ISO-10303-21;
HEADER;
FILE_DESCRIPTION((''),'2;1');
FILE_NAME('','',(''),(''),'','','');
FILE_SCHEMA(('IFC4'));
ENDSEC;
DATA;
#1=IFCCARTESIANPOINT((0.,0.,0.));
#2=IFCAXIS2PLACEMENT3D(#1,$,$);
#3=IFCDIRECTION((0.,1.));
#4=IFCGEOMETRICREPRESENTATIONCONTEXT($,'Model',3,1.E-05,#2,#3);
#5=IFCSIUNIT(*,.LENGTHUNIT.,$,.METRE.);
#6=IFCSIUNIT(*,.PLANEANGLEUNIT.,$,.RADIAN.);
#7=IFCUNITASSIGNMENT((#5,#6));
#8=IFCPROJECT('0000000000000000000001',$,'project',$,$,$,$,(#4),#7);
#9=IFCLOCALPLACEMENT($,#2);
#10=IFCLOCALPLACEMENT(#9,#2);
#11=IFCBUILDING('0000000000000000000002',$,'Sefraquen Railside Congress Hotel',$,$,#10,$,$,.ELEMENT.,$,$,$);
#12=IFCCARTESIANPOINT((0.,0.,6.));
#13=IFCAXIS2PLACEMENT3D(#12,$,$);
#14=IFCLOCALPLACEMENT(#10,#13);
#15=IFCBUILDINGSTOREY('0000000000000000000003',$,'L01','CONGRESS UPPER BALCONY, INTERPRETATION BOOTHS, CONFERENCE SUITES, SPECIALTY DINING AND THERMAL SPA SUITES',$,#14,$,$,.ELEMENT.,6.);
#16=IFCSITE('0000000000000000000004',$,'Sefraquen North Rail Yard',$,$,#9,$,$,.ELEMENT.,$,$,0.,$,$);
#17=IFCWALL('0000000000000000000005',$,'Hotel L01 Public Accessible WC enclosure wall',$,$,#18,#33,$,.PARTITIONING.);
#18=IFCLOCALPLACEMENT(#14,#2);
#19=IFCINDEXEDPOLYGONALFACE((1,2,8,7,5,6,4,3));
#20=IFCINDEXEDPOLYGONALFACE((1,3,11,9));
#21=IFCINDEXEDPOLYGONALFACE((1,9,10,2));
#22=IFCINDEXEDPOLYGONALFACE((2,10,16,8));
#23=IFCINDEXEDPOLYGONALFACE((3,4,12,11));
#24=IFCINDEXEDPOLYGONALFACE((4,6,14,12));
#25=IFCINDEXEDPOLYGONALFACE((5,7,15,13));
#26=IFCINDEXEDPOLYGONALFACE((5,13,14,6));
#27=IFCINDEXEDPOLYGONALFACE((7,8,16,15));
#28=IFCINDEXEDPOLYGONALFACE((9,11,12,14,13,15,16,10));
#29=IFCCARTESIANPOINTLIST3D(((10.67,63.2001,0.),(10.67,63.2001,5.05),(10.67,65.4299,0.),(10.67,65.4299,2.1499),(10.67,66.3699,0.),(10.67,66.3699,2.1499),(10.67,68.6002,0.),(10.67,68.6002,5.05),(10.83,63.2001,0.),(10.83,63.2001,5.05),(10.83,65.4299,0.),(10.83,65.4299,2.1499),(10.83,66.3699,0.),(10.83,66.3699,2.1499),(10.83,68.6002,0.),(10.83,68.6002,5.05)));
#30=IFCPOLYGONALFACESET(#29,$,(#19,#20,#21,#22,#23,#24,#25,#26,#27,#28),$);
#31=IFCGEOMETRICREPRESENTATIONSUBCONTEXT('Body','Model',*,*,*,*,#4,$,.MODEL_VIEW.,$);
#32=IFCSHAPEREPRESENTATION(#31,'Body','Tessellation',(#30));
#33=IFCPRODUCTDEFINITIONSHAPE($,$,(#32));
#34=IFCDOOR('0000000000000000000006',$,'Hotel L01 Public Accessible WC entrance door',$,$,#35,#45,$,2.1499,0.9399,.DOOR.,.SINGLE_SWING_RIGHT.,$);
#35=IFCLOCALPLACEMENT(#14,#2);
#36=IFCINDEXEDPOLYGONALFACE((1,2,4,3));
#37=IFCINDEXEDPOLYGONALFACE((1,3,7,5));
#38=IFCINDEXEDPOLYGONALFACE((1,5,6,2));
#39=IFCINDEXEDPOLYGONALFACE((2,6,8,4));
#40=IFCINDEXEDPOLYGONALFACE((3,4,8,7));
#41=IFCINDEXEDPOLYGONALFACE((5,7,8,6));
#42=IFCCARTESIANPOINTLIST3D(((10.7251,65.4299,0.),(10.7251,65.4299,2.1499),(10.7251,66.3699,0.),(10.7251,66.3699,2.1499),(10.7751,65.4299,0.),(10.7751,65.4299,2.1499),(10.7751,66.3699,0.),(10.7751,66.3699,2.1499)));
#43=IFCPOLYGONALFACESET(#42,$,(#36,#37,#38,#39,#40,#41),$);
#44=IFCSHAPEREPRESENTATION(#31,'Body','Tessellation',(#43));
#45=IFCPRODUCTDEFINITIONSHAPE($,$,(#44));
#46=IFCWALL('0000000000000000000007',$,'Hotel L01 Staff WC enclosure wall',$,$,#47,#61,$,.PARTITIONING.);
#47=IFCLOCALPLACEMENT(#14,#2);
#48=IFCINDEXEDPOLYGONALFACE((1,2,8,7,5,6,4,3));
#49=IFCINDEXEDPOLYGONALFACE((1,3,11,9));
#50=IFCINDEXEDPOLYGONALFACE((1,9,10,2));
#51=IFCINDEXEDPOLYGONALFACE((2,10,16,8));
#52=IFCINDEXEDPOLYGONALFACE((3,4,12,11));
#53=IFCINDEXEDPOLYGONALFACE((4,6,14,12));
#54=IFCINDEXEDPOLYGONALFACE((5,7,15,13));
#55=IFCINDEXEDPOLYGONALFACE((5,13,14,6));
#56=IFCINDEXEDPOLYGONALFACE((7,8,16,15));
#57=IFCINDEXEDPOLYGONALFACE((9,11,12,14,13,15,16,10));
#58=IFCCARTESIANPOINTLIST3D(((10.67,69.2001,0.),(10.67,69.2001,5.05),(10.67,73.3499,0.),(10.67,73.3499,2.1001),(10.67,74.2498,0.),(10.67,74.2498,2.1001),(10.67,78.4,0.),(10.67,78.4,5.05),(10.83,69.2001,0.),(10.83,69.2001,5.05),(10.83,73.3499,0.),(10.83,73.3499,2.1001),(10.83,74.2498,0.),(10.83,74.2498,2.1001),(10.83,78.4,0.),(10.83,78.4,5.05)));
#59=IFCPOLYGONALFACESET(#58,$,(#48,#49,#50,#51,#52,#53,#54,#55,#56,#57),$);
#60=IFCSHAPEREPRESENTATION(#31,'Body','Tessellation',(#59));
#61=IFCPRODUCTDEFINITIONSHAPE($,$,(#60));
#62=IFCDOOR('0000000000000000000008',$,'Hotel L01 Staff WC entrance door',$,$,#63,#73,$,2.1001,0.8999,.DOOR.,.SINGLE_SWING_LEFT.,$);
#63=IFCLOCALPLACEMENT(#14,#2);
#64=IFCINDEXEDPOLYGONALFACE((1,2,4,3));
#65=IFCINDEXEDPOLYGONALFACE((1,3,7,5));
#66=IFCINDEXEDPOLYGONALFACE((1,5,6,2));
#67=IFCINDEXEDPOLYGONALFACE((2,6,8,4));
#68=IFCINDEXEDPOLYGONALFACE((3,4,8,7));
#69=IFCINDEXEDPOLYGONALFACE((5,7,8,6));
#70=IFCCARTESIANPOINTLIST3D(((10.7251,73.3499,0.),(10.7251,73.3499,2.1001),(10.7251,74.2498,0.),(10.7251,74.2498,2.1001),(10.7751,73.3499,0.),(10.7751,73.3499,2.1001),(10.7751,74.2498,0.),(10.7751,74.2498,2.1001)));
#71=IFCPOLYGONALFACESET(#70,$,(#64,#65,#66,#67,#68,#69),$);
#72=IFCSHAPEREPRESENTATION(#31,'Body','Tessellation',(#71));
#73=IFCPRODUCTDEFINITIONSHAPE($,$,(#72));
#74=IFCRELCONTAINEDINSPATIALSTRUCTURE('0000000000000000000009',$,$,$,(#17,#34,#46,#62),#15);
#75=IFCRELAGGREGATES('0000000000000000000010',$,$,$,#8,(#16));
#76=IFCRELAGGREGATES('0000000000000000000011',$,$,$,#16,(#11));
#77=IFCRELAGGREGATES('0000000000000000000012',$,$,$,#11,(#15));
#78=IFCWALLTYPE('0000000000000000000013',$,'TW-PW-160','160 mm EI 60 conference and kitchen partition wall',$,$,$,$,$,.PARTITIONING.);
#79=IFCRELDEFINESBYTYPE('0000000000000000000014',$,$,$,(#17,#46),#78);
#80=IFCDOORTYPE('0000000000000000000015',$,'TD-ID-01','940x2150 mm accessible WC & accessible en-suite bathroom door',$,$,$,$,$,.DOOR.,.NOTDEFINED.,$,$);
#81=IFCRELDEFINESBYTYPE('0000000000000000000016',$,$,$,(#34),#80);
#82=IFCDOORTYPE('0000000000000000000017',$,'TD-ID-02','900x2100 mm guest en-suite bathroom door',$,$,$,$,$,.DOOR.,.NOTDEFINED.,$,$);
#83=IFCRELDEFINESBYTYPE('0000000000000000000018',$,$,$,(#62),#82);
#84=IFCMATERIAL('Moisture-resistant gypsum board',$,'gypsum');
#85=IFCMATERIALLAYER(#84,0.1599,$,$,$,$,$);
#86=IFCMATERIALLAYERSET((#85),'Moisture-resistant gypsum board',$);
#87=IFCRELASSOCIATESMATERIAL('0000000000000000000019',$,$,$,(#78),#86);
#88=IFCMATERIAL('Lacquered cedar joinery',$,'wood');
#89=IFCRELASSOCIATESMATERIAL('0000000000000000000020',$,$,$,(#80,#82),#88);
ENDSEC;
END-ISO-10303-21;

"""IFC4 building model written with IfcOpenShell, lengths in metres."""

from ifc_helpers import new_model, si_unit, direction, frame, frame_2d, origin, place, context, subcontext, project, spatial, rectangle, extrude, material, layer, layer_set, type_object, element, fill, save


model = new_model("IFC4")

# Units and contexts
model_context = context("Model", 3, precision=1e-05, world=origin(), true_north=direction((0.0, 1.0)))
body_context = subcontext(model_context, "Body", "Model", "MODEL_VIEW")
ifc_project = project(units=[si_unit("LENGTHUNIT", "METRE"), si_unit("PLANEANGLEUNIT", "RADIAN")], contexts=[model_context])

# Site, building, storey
site_placement = place(None, origin())
site = spatial("IfcSite", under=ifc_project, at=site_placement, Name="Sefraquen North Rail Yard", CompositionType="ELEMENT", RefElevation=0.0)
building_placement = place(site_placement, origin())
building = spatial("IfcBuilding", under=site, at=building_placement, Name="Sefraquen Railside Congress Hotel", CompositionType="ELEMENT")
storey_placement = place(building_placement, frame((0.0, 0.0, 6.0)))
storey = spatial("IfcBuildingStorey", under=building, at=storey_placement, Name="L01", Description="CONGRESS UPPER BALCONY, INTERPRETATION BOOTHS, CONFERENCE SUITES, SPECIALTY DINING AND THERMAL SPA SUITES", CompositionType="ELEMENT", Elevation=6.0)

# Shared definitions
ifc_material_1 = material(Name="Moisture-resistant gypsum board", Category="gypsum")

# Walls, openings, doors
ifc_layer_1 = layer(ifc_material_1, 0.1599)
ifc_layer_set_1 = layer_set([ifc_layer_1], Name="Moisture-resistant gypsum board")
wall_type_1 = type_object("IfcWallType", Name="TW-PW-160", Description="160 mm EI 60 conference and kitchen partition wall", PredefinedType="PARTITIONING", material=ifc_layer_set_1)
wall_1_placement = place(storey_placement, frame((10.75, 63.2, 0.0), z_axis=(0.0, 0.0, 1.0), x_axis=(0.0, 1.0, 0.0)))
wall_1 = element("IfcWall", 1, at=wall_1_placement, inside=storey, type_object=wall_type_1, Name="Hotel L01 Public Accessible WC enclosure wall", PredefinedType="PARTITIONING", context=body_context, shape_type="SweptSolid", body=[
    extrude(rectangle(XDim=5.4001, YDim=0.1599, at=frame_2d((2.7002, 0.0))), origin(), (0.0, 0.0, 1.0), 5.05),
])
opening_1_placement = place(wall_1_placement, frame((2.23, 0.0, 0.0)))
opening_1 = element("IfcOpeningElement", 2, at=opening_1_placement, cuts=wall_1, PredefinedType="OPENING", context=body_context, shape_type="SweptSolid", body=[
    extrude(rectangle(XDim=0.9399, YDim=2.1499, at=frame_2d((0.47, 1.075))), frame((0.0, 0.0898, 0.0), z_axis=(0.0, -1.0, 0.0), x_axis=(1.0, 0.0, 0.0)), (0.0, 0.0, 1.0), 0.1799),
])
ifc_material_2 = material(Name="Lacquered cedar joinery", Category="wood")
door_type_1 = type_object("IfcDoorType", Name="TD-ID-01", Description="940x2150 mm accessible WC & accessible en-suite bathroom door", OperationType="NOTDEFINED", PredefinedType="DOOR", material=ifc_material_2)
door_1_placement = place(opening_1_placement, origin())
door_1 = element("IfcDoor", 3, at=door_1_placement, inside=storey, type_object=door_type_1, Name="Hotel L01 Public Accessible WC entrance door", OperationType="SINGLE_SWING_RIGHT", OverallHeight=2.1499, OverallWidth=0.9399, PredefinedType="DOOR", context=body_context, shape_type="SweptSolid", body=[
    extrude(rectangle(XDim=0.9399, YDim=2.1499, at=frame_2d((0.47, 1.075))), frame((0.0, 0.0249, 0.0), z_axis=(0.0, -1.0, 0.0), x_axis=(1.0, 0.0, 0.0)), (0.0, 0.0, 1.0), 0.05),
])
fill(opening_1, door_1)
wall_2_placement = place(storey_placement, frame((10.75, 69.2, 0.0), z_axis=(0.0, 0.0, 1.0), x_axis=(0.0, 1.0, 0.0)))
wall_2 = element("IfcWall", 4, at=wall_2_placement, inside=storey, type_object=wall_type_1, Name="Hotel L01 Staff WC enclosure wall", PredefinedType="PARTITIONING", context=body_context, shape_type="SweptSolid", body=[
    extrude(rectangle(XDim=9.2, YDim=0.1599, at=frame_2d((4.6001, 0.0))), origin(), (0.0, 0.0, 1.0), 5.05),
])
opening_2_placement = place(wall_2_placement, frame((4.1499, 0.0, 0.0)))
opening_2 = element("IfcOpeningElement", 5, at=opening_2_placement, cuts=wall_2, PredefinedType="OPENING", context=body_context, shape_type="SweptSolid", body=[
    extrude(rectangle(XDim=0.8999, YDim=2.1001, at=frame_2d((0.45, 1.05))), frame((0.0, 0.0898, 0.0), z_axis=(0.0, -1.0, 0.0), x_axis=(1.0, 0.0, 0.0)), (0.0, 0.0, 1.0), 0.1799),
])
door_type_2 = type_object("IfcDoorType", Name="TD-ID-02", Description="900x2100 mm guest en-suite bathroom door", OperationType="NOTDEFINED", PredefinedType="DOOR", material=ifc_material_2)
door_2_placement = place(opening_2_placement, origin())
door_2 = element("IfcDoor", 6, at=door_2_placement, inside=storey, type_object=door_type_2, Name="Hotel L01 Staff WC entrance door", OperationType="SINGLE_SWING_LEFT", OverallHeight=2.1001, OverallWidth=0.8999, PredefinedType="DOOR", context=body_context, shape_type="SweptSolid", body=[
    extrude(rectangle(XDim=0.8999, YDim=2.1001, at=frame_2d((0.45, 1.05))), frame((0.0, 0.0249, 0.0), z_axis=(0.0, -1.0, 0.0), x_axis=(1.0, 0.0, 0.0)), (0.0, 0.0, 1.0), 0.05),
])
fill(opening_2, door_2)

save(model, "model.ifc")
